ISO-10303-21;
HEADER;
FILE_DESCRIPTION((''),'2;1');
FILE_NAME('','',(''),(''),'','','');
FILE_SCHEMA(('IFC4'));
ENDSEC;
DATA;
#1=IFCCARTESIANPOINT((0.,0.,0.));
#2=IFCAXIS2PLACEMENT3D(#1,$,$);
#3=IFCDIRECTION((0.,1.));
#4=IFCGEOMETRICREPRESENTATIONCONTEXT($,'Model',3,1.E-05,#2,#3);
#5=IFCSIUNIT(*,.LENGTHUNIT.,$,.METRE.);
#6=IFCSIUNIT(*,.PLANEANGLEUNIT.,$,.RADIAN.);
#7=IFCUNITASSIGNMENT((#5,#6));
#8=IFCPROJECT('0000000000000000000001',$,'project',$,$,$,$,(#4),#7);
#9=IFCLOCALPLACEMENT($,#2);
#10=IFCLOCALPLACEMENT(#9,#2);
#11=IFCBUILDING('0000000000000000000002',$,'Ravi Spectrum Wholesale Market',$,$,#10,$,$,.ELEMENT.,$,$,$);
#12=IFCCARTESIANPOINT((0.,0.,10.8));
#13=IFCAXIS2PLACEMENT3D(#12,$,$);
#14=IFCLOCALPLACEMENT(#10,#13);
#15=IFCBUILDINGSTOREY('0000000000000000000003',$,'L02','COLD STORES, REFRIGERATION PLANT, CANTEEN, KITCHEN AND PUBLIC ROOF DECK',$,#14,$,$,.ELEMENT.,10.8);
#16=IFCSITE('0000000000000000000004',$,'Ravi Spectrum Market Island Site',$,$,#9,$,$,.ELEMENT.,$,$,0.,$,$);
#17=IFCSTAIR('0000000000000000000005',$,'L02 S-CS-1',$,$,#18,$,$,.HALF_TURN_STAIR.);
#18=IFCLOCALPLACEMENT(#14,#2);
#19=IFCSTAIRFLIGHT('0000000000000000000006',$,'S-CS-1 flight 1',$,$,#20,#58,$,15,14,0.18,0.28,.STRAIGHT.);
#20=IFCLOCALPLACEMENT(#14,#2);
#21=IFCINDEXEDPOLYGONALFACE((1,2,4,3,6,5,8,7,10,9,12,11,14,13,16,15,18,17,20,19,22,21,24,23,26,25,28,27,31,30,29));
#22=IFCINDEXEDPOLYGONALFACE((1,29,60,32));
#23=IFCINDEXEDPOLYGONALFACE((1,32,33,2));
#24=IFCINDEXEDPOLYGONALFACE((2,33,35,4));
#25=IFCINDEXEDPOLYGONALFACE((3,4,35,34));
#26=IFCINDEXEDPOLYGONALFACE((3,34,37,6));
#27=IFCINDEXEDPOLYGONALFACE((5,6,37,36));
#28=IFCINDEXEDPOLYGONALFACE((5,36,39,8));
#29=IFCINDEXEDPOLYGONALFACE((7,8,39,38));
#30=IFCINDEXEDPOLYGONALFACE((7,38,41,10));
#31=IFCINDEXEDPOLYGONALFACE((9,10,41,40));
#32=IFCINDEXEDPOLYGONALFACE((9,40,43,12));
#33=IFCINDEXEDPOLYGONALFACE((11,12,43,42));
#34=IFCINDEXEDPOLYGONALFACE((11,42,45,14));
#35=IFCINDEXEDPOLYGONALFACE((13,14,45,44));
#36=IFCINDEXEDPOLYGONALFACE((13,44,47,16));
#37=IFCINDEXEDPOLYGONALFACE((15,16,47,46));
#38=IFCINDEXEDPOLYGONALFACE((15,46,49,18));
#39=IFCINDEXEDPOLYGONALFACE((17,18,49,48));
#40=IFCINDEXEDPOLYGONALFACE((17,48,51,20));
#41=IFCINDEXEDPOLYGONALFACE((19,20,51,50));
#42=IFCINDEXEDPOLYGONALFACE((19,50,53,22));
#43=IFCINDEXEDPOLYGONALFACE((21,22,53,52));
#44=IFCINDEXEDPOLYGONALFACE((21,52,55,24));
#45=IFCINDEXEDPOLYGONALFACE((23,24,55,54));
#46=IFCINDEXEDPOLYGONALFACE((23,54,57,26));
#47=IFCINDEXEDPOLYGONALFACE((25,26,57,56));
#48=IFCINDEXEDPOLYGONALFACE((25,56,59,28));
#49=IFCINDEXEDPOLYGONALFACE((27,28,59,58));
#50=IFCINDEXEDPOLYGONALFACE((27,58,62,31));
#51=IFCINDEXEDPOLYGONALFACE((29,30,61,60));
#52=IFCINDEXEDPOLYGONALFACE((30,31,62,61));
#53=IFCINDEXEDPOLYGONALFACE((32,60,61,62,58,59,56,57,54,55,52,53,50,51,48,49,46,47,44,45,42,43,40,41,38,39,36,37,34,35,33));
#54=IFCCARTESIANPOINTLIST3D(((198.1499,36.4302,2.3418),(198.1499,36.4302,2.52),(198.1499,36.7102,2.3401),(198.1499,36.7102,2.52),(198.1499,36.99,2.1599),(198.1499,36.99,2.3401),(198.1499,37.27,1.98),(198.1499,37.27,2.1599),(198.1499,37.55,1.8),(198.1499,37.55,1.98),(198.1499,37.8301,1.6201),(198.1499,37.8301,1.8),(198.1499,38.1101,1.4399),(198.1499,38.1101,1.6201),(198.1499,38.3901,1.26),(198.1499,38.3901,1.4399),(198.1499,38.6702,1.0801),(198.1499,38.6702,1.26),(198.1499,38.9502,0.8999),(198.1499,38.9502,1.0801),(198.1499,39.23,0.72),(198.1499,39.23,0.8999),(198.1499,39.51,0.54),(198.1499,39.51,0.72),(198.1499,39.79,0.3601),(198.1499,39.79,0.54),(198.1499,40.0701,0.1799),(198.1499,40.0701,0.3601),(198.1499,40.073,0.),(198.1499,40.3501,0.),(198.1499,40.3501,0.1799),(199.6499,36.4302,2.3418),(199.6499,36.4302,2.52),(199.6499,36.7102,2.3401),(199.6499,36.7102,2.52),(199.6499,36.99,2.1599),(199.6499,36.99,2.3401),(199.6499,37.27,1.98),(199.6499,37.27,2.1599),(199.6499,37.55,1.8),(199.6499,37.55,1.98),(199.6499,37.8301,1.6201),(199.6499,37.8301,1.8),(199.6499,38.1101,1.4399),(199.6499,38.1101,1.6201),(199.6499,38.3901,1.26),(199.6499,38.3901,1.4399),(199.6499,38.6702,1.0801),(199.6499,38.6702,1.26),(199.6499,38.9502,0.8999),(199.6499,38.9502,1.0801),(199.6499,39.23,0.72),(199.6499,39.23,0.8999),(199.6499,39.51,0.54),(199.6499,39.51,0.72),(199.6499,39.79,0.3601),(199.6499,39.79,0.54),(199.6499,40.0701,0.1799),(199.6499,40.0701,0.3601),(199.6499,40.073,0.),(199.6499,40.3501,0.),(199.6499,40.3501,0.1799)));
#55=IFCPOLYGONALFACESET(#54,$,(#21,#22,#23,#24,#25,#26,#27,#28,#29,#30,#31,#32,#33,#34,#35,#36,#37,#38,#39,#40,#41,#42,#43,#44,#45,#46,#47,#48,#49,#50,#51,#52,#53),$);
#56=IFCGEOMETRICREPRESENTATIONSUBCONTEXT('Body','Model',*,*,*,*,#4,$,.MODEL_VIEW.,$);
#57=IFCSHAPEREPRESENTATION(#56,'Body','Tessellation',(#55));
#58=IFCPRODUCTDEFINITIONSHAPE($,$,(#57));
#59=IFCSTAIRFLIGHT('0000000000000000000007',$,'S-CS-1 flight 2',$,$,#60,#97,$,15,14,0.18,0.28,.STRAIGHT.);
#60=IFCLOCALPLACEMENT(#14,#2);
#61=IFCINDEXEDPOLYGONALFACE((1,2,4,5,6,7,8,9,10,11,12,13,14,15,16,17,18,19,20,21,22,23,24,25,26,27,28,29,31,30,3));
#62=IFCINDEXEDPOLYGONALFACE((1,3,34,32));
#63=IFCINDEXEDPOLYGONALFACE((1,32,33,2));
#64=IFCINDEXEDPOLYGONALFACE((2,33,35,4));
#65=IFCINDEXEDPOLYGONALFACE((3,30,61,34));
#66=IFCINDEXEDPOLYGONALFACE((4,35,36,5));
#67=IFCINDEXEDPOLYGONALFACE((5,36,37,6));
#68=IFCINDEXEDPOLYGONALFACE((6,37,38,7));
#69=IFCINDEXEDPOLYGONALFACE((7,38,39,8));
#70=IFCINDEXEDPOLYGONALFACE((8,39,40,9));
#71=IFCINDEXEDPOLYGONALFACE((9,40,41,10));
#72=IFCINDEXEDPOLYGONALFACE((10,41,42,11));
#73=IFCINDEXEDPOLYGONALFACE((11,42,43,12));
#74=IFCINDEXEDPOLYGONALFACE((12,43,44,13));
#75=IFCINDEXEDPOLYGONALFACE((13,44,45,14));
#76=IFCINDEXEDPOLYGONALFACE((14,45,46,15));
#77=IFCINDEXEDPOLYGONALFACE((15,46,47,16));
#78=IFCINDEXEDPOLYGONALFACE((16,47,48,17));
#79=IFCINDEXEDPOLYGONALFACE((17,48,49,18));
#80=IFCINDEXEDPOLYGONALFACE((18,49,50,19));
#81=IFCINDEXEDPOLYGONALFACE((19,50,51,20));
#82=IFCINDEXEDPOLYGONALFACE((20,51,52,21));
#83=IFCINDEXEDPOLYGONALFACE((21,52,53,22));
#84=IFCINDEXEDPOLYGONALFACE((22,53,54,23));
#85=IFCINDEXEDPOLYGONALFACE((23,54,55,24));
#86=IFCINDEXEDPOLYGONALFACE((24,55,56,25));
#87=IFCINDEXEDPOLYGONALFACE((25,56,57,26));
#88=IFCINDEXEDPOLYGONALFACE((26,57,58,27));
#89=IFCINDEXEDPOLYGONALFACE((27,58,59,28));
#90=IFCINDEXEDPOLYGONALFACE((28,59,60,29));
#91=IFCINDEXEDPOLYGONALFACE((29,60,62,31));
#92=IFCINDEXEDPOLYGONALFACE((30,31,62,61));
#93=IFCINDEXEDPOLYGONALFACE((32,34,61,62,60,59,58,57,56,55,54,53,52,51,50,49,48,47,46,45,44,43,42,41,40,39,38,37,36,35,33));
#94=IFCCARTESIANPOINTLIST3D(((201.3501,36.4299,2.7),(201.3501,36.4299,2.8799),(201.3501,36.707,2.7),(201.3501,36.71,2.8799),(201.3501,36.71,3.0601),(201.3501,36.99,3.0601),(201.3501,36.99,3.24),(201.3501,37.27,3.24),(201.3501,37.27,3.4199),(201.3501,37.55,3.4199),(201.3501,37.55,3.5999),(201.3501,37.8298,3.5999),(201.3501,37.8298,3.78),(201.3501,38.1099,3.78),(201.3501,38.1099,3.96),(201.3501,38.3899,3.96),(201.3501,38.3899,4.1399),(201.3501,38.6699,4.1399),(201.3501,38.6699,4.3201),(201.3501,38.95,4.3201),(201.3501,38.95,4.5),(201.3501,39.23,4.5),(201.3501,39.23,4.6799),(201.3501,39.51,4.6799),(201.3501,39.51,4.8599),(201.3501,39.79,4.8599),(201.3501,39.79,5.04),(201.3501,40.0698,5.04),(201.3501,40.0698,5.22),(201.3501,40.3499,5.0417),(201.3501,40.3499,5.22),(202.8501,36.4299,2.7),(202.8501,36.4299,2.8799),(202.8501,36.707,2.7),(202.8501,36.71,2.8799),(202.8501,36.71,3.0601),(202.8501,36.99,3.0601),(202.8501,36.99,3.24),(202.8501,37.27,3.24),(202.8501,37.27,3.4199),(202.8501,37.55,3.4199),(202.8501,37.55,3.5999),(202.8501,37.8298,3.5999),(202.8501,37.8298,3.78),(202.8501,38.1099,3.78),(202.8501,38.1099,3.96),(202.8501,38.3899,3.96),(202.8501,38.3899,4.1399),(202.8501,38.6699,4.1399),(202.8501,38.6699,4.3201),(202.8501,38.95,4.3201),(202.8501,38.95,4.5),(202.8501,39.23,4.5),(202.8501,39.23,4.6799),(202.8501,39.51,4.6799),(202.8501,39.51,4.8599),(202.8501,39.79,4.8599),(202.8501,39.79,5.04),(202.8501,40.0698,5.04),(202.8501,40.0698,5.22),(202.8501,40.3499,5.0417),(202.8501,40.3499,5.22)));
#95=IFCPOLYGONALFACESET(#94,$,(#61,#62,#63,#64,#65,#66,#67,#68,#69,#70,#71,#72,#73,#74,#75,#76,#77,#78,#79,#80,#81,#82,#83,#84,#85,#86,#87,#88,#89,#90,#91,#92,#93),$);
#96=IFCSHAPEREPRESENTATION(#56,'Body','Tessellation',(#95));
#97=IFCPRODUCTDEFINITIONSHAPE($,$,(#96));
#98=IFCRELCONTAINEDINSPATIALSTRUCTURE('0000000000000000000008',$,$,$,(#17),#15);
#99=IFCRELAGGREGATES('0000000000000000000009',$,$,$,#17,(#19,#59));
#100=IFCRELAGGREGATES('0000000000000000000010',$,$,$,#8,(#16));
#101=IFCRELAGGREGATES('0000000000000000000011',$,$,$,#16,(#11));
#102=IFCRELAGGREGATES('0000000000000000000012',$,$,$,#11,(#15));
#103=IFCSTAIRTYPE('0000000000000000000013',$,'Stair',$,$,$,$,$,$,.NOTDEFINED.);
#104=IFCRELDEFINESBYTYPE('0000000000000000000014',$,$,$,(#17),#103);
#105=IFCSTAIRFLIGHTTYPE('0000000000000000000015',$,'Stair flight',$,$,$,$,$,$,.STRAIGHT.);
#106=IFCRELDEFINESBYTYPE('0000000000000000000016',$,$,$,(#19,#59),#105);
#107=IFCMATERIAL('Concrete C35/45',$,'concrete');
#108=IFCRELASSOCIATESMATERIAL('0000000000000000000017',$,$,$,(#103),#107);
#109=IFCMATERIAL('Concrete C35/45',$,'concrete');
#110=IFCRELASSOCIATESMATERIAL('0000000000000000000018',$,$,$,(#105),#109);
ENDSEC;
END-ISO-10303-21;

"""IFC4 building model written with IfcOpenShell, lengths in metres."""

from ifc_helpers import new_model, si_unit, direction, frame, origin, place, context, subcontext, project, spatial, polyline, outline, extrude, material, type_object, element, aggregate, save


model = new_model("IFC4")

# Units and contexts
model_context = context("Model", 3, precision=1e-05, world=origin(), true_north=direction((0.0, 1.0)))
body_context = subcontext(model_context, "Body", "Model", "MODEL_VIEW")
ifc_project = project(units=[si_unit("LENGTHUNIT", "METRE"), si_unit("PLANEANGLEUNIT", "RADIAN")], contexts=[model_context])

# Site, building, storey
site_placement = place(None, origin())
site = spatial("IfcSite", under=ifc_project, at=site_placement, Name="Ravi Spectrum Market Island Site", CompositionType="ELEMENT", RefElevation=0.0)
building_placement = place(site_placement, origin())
building = spatial("IfcBuilding", under=site, at=building_placement, Name="Ravi Spectrum Wholesale Market", CompositionType="ELEMENT")
storey_placement = place(building_placement, frame((0.0, 0.0, 10.8)))
storey = spatial("IfcBuildingStorey", under=building, at=storey_placement, Name="L02", Description="COLD STORES, REFRIGERATION PLANT, CANTEEN, KITCHEN AND PUBLIC ROOF DECK", CompositionType="ELEMENT", Elevation=10.8)

# Stair, stair flights
ifc_material_1 = material(Name="Concrete C35/45", Category="concrete")
stair_type = type_object("IfcStairType", Name="Stair", PredefinedType="NOTDEFINED", material=ifc_material_1)
stair_placement = place(storey_placement, origin())
stair = element("IfcStair", 1, at=stair_placement, inside=storey, type_object=stair_type, Name="L02 S-CS-1", PredefinedType="HALF_TURN_STAIR")
ifc_material_2 = material(Name="Concrete C35/45", Category="concrete")
stair_flight_type = type_object("IfcStairFlightType", Name="Stair flight", PredefinedType="STRAIGHT", material=ifc_material_2)
stair_flight_1_placement = place(storey_placement, frame((198.8999, 40.3501, 0.0), z_axis=(0.0, 0.0, 1.0), x_axis=(0.0, -1.0, 0.0)))
stair_flight_1 = element("IfcStairFlight", 2, at=stair_flight_1_placement, type_object=stair_flight_type, Name="S-CS-1 flight 1", NumberOfRisers=15, NumberOfTreads=14, PredefinedType="STRAIGHT", RiserHeight=0.18, TreadLength=0.28, context=body_context, shape_type="SweptSolid", body=[
    extrude(outline(polyline([(0.0, 0.0), (0.0, 0.1799), (0.28, 0.1799), (0.28, 0.3601), (0.5601, 0.3601), (0.5601, 0.54), (0.8401, 0.54), (0.8401, 0.72), (1.1201, 0.72), (1.1201, 0.8999), (1.3999, 0.8999), (1.3999, 1.0801), (1.6799, 1.0801), (1.6799, 1.26), (1.96, 1.26), (1.96, 1.4399), (2.24, 1.4399), (2.24, 1.6201), (2.52, 1.6201), (2.52, 1.8), (2.8, 1.8), (2.8, 1.98), (3.0801, 1.98), (3.0801, 2.1599), (3.3601, 2.1599), (3.3601, 2.3401), (3.6399, 2.3401), (3.6399, 2.52), (3.9199, 2.52), (3.9199, 2.7), (3.9199, 2.3418), (0.2771, 0.0), (0.0, 0.0)])), frame((0.0, 0.75, 0.0), z_axis=(0.0, -1.0, 0.0), x_axis=(1.0, 0.0, 0.0)), (0.0, 0.0, 1.0), 1.5),
])
stair_flight_2_placement = place(storey_placement, frame((202.1001, 36.4299, 2.7), z_axis=(0.0, 0.0, 1.0), x_axis=(0.0, 1.0, 0.0)))
stair_flight_2 = element("IfcStairFlight", 3, at=stair_flight_2_placement, type_object=stair_flight_type, Name="S-CS-1 flight 2", NumberOfRisers=15, NumberOfTreads=14, PredefinedType="STRAIGHT", RiserHeight=0.18, TreadLength=0.28, context=body_context, shape_type="SweptSolid", body=[
    extrude(outline(polyline([(0.0, 0.0), (0.0, 0.1799), (0.28, 0.1799), (0.28, 0.3601), (0.5601, 0.3601), (0.5601, 0.54), (0.8401, 0.54), (0.8401, 0.72), (1.1201, 0.72), (1.1201, 0.8999), (1.3999, 0.8999), (1.3999, 1.0801), (1.6799, 1.0801), (1.6799, 1.26), (1.96, 1.26), (1.96, 1.4399), (2.24, 1.4399), (2.24, 1.6201), (2.52, 1.6201), (2.52, 1.8), (2.8, 1.8), (2.8, 1.98), (3.0801, 1.98), (3.0801, 2.1599), (3.3601, 2.1599), (3.3601, 2.3401), (3.6399, 2.3401), (3.6399, 2.52), (3.9199, 2.52), (3.9199, 2.7), (3.9199, 2.3418), (0.2771, 0.0), (0.0, 0.0)])), frame((0.0, 0.75, 0.0), z_axis=(0.0, -1.0, 0.0), x_axis=(1.0, 0.0, 0.0)), (0.0, 0.0, 1.0), 1.5),
])
aggregate(stair, [stair_flight_1, stair_flight_2])

save(model, "model.ifc")
